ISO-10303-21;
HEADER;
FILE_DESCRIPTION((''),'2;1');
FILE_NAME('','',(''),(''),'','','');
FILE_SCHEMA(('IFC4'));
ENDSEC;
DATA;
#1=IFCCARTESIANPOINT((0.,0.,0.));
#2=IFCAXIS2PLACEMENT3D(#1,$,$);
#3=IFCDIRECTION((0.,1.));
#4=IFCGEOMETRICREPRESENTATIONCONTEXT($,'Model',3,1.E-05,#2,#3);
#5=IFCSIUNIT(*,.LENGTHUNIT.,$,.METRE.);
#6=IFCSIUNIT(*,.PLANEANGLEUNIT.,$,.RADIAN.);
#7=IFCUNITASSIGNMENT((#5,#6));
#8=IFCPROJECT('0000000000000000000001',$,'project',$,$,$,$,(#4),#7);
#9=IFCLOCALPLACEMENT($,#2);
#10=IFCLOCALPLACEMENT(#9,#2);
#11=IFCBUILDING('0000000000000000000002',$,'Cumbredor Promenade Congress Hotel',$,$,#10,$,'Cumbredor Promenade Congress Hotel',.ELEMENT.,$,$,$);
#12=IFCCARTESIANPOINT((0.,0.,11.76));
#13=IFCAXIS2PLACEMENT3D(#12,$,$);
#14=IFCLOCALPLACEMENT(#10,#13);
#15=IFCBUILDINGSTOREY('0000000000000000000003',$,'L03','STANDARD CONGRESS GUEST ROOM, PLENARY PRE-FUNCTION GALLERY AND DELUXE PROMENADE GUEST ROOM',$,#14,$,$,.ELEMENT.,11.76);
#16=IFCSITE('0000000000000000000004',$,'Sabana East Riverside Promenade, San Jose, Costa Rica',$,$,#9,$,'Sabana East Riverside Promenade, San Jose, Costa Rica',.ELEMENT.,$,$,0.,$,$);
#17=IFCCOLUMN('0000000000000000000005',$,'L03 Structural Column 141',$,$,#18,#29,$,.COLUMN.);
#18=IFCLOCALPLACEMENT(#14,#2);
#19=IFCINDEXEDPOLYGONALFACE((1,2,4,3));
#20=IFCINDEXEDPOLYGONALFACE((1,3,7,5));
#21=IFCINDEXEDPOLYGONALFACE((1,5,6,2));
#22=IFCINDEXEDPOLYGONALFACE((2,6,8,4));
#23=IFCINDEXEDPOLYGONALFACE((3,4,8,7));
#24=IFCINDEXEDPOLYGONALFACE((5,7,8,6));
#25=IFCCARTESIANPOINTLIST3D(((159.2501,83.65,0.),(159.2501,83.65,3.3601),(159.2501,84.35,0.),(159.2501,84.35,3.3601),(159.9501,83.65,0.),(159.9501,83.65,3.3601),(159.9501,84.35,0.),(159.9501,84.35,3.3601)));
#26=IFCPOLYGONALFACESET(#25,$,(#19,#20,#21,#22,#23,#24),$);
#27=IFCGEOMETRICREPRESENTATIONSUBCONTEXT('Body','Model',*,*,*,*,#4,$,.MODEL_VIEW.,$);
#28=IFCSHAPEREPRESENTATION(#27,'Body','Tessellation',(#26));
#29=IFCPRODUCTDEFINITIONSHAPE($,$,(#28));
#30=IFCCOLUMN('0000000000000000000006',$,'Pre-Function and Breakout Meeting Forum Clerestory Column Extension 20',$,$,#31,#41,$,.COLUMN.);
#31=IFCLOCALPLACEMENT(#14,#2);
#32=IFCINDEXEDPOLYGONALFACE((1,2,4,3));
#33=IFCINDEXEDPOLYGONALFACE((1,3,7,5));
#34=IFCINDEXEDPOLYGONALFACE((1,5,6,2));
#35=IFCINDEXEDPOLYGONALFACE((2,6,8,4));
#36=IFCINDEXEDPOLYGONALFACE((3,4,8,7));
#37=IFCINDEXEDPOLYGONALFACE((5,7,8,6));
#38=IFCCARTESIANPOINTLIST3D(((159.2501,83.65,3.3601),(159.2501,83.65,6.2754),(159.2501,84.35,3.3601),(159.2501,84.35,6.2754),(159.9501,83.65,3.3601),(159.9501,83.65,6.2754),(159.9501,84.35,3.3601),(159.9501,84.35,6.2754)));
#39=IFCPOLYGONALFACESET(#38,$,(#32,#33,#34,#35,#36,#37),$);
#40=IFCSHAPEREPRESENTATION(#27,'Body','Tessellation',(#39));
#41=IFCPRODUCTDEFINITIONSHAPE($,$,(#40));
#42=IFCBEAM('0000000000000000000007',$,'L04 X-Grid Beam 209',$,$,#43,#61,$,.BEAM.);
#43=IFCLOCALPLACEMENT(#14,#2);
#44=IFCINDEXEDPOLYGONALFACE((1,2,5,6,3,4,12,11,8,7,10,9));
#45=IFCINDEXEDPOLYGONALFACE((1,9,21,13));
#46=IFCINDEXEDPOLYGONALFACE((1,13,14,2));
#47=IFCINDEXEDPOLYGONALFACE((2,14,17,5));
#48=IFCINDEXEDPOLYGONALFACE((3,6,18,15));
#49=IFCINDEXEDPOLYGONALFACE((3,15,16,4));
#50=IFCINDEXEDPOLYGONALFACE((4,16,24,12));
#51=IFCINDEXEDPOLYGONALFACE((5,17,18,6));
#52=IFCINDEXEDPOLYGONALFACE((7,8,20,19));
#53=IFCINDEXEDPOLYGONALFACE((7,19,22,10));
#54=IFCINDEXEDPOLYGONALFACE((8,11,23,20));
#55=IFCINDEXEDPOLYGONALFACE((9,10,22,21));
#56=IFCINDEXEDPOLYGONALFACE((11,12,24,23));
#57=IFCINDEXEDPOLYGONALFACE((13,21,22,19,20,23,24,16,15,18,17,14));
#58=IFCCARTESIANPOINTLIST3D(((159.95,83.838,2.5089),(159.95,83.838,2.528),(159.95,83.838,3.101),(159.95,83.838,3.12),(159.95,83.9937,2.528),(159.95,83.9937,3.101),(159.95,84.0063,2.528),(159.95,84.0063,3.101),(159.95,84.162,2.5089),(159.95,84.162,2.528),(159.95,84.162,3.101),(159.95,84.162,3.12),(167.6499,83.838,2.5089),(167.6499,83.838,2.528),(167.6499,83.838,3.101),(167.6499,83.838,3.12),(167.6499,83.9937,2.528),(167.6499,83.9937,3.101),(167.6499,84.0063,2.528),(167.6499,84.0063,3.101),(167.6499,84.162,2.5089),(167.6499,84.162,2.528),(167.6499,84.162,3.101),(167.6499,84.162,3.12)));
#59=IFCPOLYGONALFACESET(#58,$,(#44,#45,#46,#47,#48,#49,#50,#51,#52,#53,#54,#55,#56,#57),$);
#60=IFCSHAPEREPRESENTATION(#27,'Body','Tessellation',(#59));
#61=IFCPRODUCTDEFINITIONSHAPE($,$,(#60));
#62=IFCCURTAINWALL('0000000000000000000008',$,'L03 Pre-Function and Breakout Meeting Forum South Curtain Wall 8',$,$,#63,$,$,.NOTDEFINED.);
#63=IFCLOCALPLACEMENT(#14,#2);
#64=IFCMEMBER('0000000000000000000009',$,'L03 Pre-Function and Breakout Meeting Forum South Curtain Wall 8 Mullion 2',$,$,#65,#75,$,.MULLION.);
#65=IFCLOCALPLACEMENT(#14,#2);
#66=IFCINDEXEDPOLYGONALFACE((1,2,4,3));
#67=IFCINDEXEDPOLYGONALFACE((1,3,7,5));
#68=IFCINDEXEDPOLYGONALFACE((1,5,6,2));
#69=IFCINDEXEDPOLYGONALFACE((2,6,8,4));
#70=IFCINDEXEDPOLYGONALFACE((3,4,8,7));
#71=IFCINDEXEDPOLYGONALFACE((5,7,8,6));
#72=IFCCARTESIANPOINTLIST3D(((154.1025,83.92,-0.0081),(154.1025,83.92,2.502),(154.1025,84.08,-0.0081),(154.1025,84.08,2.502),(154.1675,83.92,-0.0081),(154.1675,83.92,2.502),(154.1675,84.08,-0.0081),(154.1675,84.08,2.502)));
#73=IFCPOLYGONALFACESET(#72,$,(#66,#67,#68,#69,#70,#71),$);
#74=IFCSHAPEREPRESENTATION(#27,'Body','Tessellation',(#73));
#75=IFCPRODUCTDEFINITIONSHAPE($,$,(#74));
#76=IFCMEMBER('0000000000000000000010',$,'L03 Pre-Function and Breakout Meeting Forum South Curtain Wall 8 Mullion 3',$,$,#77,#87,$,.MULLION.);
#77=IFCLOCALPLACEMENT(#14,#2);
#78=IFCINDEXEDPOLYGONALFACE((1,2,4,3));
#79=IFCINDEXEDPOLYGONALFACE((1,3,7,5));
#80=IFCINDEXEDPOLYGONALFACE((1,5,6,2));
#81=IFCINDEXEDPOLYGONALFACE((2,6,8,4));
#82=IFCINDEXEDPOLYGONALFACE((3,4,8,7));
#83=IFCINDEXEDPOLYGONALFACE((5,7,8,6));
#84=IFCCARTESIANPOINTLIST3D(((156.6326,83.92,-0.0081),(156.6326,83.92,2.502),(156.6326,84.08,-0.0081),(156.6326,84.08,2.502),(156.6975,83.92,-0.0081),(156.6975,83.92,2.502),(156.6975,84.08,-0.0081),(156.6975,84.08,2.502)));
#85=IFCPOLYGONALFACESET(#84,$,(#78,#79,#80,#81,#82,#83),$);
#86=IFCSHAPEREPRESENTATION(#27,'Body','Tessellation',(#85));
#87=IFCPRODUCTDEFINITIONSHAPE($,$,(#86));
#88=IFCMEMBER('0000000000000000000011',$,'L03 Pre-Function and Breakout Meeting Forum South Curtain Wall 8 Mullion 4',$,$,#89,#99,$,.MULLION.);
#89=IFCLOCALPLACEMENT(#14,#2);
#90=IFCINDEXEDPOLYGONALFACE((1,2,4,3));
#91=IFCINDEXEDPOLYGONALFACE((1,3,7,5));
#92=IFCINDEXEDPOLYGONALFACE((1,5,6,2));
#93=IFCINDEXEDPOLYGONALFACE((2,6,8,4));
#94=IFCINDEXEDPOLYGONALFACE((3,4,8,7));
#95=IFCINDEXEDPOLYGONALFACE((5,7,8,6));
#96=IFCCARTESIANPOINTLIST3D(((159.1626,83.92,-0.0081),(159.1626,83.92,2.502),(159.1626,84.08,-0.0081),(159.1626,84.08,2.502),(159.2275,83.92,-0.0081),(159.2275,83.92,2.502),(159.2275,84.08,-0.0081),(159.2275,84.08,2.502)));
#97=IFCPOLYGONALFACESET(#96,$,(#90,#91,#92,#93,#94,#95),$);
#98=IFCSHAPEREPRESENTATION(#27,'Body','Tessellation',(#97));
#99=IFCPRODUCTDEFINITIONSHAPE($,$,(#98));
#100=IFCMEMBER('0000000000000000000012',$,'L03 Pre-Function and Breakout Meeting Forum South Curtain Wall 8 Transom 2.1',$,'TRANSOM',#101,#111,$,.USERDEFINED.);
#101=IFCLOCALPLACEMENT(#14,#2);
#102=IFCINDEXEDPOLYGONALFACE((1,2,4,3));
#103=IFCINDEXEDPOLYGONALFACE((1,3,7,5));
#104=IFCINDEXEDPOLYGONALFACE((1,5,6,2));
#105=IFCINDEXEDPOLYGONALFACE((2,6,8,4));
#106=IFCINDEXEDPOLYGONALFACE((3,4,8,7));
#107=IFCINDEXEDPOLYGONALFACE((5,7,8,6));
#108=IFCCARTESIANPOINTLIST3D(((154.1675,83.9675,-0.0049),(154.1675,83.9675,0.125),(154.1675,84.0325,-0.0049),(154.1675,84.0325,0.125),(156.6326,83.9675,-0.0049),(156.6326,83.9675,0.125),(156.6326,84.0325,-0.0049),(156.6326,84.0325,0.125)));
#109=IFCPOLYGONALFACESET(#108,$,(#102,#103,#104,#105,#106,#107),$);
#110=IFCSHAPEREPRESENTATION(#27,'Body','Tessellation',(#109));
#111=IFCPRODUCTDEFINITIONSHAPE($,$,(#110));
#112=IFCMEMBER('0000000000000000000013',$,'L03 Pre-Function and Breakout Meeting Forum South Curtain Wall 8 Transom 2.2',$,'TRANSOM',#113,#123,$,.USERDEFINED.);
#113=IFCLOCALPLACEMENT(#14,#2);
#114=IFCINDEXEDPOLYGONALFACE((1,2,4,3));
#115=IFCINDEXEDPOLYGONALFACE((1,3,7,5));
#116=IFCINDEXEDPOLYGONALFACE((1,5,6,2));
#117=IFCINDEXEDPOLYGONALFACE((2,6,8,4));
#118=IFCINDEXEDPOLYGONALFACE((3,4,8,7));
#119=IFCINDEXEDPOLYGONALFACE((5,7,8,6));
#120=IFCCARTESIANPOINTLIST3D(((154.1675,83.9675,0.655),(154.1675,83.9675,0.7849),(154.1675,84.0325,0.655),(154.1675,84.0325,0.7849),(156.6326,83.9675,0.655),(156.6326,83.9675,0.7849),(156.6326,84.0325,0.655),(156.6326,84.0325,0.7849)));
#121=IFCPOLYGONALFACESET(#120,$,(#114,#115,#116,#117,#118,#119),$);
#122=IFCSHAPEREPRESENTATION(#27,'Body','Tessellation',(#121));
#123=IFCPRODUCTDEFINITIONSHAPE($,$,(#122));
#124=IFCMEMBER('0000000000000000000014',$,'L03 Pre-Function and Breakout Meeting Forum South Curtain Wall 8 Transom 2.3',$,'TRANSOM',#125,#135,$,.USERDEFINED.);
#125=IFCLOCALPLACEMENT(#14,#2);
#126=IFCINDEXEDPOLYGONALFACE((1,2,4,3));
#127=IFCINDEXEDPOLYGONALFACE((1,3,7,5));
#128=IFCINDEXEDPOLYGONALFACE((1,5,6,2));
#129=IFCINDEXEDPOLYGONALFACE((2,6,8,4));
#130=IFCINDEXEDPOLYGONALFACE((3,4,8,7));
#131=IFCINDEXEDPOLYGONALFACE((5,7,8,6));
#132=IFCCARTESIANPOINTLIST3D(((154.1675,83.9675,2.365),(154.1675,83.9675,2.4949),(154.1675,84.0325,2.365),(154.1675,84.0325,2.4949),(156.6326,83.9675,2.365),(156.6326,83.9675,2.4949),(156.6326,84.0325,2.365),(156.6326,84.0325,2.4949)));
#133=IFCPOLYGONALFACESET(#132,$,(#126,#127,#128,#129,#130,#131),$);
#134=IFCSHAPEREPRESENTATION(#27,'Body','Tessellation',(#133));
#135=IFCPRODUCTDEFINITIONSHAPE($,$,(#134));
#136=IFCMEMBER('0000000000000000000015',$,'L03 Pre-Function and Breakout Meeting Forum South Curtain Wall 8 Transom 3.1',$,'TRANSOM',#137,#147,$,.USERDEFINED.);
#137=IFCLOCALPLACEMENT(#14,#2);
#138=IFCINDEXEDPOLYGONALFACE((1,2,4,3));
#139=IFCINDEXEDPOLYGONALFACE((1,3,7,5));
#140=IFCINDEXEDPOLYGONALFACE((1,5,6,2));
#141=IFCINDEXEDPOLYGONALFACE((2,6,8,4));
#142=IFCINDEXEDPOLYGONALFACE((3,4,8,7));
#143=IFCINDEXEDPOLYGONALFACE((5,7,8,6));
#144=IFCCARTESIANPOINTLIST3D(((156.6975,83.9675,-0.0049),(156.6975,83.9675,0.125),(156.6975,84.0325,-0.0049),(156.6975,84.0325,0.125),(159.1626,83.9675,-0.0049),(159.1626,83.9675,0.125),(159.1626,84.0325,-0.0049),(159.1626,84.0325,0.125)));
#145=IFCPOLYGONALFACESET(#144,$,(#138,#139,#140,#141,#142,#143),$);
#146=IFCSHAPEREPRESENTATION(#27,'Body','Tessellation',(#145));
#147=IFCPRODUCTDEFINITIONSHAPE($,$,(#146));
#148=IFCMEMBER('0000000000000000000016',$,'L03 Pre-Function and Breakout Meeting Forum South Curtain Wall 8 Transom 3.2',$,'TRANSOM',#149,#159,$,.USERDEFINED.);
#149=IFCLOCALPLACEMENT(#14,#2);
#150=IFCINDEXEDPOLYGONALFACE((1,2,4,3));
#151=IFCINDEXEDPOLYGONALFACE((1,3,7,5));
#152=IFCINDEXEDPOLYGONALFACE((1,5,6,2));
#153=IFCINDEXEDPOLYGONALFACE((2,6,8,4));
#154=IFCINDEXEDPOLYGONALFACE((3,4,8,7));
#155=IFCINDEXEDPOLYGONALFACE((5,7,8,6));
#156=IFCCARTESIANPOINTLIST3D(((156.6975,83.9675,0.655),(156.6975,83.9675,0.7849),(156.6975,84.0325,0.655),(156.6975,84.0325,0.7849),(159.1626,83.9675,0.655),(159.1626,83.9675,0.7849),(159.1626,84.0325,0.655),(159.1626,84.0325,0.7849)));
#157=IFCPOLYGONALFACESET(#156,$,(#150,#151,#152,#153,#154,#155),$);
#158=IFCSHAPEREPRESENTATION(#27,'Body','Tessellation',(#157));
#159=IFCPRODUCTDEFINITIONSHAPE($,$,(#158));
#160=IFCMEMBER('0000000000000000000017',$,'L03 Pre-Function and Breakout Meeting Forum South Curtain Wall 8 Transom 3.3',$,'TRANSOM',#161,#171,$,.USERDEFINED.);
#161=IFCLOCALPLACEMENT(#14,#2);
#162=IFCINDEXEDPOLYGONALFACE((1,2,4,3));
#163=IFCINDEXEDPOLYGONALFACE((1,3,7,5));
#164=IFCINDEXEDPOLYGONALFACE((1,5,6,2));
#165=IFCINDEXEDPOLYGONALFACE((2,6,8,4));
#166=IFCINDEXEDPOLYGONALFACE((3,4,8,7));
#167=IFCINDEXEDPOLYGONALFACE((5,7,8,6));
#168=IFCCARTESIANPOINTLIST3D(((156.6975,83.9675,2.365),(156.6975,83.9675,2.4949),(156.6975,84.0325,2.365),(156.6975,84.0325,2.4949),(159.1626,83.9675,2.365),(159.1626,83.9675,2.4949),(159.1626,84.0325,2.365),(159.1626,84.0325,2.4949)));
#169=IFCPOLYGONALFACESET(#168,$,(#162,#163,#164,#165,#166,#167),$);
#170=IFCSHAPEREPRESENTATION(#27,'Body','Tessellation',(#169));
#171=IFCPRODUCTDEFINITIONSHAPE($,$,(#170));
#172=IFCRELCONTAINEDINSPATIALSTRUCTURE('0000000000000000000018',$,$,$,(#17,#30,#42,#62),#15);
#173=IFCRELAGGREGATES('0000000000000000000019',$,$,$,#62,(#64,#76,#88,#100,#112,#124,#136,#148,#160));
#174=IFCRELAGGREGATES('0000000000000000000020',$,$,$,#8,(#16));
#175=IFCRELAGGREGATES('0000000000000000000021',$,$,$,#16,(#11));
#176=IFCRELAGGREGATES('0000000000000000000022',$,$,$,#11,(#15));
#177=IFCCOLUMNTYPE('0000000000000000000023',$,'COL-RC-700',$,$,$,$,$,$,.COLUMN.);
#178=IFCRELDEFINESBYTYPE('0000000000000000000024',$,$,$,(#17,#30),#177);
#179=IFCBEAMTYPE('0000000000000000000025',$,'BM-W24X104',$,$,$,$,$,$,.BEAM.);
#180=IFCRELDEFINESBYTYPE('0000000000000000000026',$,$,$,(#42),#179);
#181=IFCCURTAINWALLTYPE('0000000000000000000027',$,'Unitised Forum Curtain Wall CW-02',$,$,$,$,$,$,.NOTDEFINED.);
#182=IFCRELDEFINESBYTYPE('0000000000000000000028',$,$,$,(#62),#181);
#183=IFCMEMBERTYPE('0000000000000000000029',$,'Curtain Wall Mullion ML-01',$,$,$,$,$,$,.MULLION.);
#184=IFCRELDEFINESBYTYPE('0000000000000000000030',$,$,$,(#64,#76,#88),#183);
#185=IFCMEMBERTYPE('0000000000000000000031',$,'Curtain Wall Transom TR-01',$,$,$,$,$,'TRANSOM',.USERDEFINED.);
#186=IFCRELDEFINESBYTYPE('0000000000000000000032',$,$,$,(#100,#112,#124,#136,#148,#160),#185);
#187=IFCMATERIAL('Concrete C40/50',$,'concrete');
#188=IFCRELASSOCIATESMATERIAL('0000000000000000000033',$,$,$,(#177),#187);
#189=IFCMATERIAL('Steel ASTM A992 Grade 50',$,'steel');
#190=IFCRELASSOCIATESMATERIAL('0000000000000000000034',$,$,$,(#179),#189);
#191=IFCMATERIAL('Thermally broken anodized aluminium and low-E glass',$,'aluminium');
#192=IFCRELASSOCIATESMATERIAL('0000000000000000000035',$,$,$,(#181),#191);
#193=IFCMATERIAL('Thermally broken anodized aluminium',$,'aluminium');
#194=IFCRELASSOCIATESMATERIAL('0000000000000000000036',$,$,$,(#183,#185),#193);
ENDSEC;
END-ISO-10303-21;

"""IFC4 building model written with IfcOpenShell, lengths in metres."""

from ifc_helpers import new_model, si_unit, direction, frame, origin, origin_2d, place, context, subcontext, project, spatial, rectangle, i_section, extrude, material, material_profile, profile_set, type_object, element, aggregate, save


model = new_model("IFC4")

# Units and contexts
model_context = context("Model", 3, precision=1e-05, world=origin(), true_north=direction((0.0, 1.0)))
body_context = subcontext(model_context, "Body", "Model", "MODEL_VIEW")
ifc_project = project(units=[si_unit("LENGTHUNIT", "METRE"), si_unit("PLANEANGLEUNIT", "RADIAN")], contexts=[model_context])

# Site, building, storey
site_placement = place(None, origin())
site = spatial("IfcSite", under=ifc_project, at=site_placement, Name="Sabana East Riverside Promenade, San Jose, Costa Rica", LongName="Sabana East Riverside Promenade, San Jose, Costa Rica", CompositionType="ELEMENT", RefElevation=0.0)
building_placement = place(site_placement, origin())
building = spatial("IfcBuilding", under=site, at=building_placement, Name="Cumbredor Promenade Congress Hotel", LongName="Cumbredor Promenade Congress Hotel", CompositionType="ELEMENT")
storey_placement = place(building_placement, frame((0.0, 0.0, 11.76)))
storey = spatial("IfcBuildingStorey", under=building, at=storey_placement, Name="L03", Description="STANDARD CONGRESS GUEST ROOM, PLENARY PRE-FUNCTION GALLERY AND DELUXE PROMENADE GUEST ROOM", CompositionType="ELEMENT", Elevation=11.76)

# Columns
ifc_material_1 = material(Name="Concrete C40/50", Category="concrete")
ifc_material_profile_1 = material_profile(ifc_material_1, rectangle(XDim=0.7, YDim=0.7, at=origin_2d()), Name="RC 700x700")
ifc_profile_set_1 = profile_set([ifc_material_profile_1], Name="Concrete C40/50")
column_type = type_object("IfcColumnType", Name="COL-RC-700", PredefinedType="COLUMN", material=ifc_profile_set_1)
column_1_placement = place(storey_placement, frame((159.6001, 84.0, 0.0), z_axis=(0.0, 0.0, 1.0), x_axis=(1.0, 0.0, 0.0)))
element("IfcColumn", 1, at=column_1_placement, inside=storey, type_object=column_type, Name="L03 Structural Column 141", PredefinedType="COLUMN", context=body_context, shape_type="SweptSolid", body=[
    extrude(rectangle(XDim=0.7, YDim=0.7, at=origin_2d()), origin(), (0.0, 0.0, 1.0), 3.3601),
])
column_2_placement = place(storey_placement, frame((159.6001, 84.0, 3.3601), z_axis=(0.0, 0.0, 1.0), x_axis=(1.0, 0.0, 0.0)))
element("IfcColumn", 2, at=column_2_placement, inside=storey, type_object=column_type, Name="Pre-Function and Breakout Meeting Forum Clerestory Column Extension 20", PredefinedType="COLUMN", context=body_context, shape_type="SweptSolid", body=[
    extrude(rectangle(XDim=0.7, YDim=0.7, at=origin_2d()), origin(), (0.0, 0.0, 1.0), 2.9153),
])

# Beam
ifc_material_2 = material(Name="Steel ASTM A992 Grade 50", Category="steel")
ifc_material_profile_2 = material_profile(ifc_material_2, i_section(OverallWidth=0.324, OverallDepth=0.6111, WebThickness=0.0127, FlangeThickness=0.019, at=origin_2d()), Name="W24X104")
ifc_profile_set_2 = profile_set([ifc_material_profile_2], Name="Steel ASTM A992 Grade 50")
beam_type_1 = type_object("IfcBeamType", Name="BM-W24X104", PredefinedType="BEAM", material=ifc_profile_set_2)
beam_1_placement = place(storey_placement, frame((159.95, 84.0, 2.8145), z_axis=(1.0, 0.0, 0.0), x_axis=(0.0, 1.0, 0.0)))
element("IfcBeam", 3, at=beam_1_placement, inside=storey, type_object=beam_type_1, Name="L04 X-Grid Beam 209", PredefinedType="BEAM", context=body_context, shape_type="SweptSolid", body=[
    extrude(i_section(OverallWidth=0.324, OverallDepth=0.6111, WebThickness=0.0127, FlangeThickness=0.019, at=origin_2d()), origin(), (0.0, 0.0, 1.0), 7.7),
])

# Curtain wall, members
ifc_material_3 = material(Name="Thermally broken anodized aluminium and low-E glass", Category="aluminium")
curtain_wall_type = type_object("IfcCurtainWallType", Name="Unitised Forum Curtain Wall CW-02", PredefinedType="NOTDEFINED", material=ifc_material_3)
curtain_wall_placement = place(storey_placement, origin())
curtain_wall = element("IfcCurtainWall", 4, at=curtain_wall_placement, inside=storey, type_object=curtain_wall_type, Name="L03 Pre-Function and Breakout Meeting Forum South Curtain Wall 8", PredefinedType="NOTDEFINED")
ifc_material_4 = material(Name="Thermally broken anodized aluminium", Category="aluminium")
ifc_material_profile_3 = material_profile(ifc_material_4, rectangle(XDim=0.0649, YDim=0.1599, at=origin_2d()), Name="ALU MULLION 65x160")
ifc_profile_set_3 = profile_set([ifc_material_profile_3], Name="Thermally broken anodized aluminium")
member_type_1 = type_object("IfcMemberType", Name="Curtain Wall Mullion ML-01", PredefinedType="MULLION", material=ifc_profile_set_3)
member_1_placement = place(storey_placement, frame((154.135, 84.0, -0.0081), z_axis=(0.0, 0.0, 1.0), x_axis=(1.0, 0.0, 0.0)))
member_1 = element("IfcMember", 5, at=member_1_placement, type_object=member_type_1, Name="L03 Pre-Function and Breakout Meeting Forum South Curtain Wall 8 Mullion 2", PredefinedType="MULLION", context=body_context, shape_type="SweptSolid", body=[
    extrude(rectangle(XDim=0.0649, YDim=0.1599, at=origin_2d()), origin(), (0.0, 0.0, 1.0), 2.51),
])
member_2_placement = place(storey_placement, frame((156.665, 84.0, -0.0081), z_axis=(0.0, 0.0, 1.0), x_axis=(1.0, 0.0, 0.0)))
member_2 = element("IfcMember", 6, at=member_2_placement, type_object=member_type_1, Name="L03 Pre-Function and Breakout Meeting Forum South Curtain Wall 8 Mullion 3", PredefinedType="MULLION", context=body_context, shape_type="SweptSolid", body=[
    extrude(rectangle(XDim=0.0649, YDim=0.1599, at=origin_2d()), origin(), (0.0, 0.0, 1.0), 2.51),
])
member_3_placement = place(storey_placement, frame((159.1951, 84.0, -0.0081), z_axis=(0.0, 0.0, 1.0), x_axis=(1.0, 0.0, 0.0)))
member_3 = element("IfcMember", 7, at=member_3_placement, type_object=member_type_1, Name="L03 Pre-Function and Breakout Meeting Forum South Curtain Wall 8 Mullion 4", PredefinedType="MULLION", context=body_context, shape_type="SweptSolid", body=[
    extrude(rectangle(XDim=0.0649, YDim=0.1599, at=origin_2d()), origin(), (0.0, 0.0, 1.0), 2.51),
])
ifc_material_profile_4 = material_profile(ifc_material_4, rectangle(XDim=0.0649, YDim=0.1299, at=origin_2d()), Name="ALU TRANSOM 65x130")
ifc_profile_set_4 = profile_set([ifc_material_profile_4], Name="Thermally broken anodized aluminium")
member_type_2 = type_object("IfcMemberType", Name="Curtain Wall Transom TR-01", ElementType="TRANSOM", PredefinedType="USERDEFINED", material=ifc_profile_set_4)
member_4_placement = place(storey_placement, frame((154.1675, 84.0, 0.0601), z_axis=(1.0, 0.0, 0.0), x_axis=(0.0, 1.0, 0.0)))
member_4 = element("IfcMember", 8, at=member_4_placement, type_object=member_type_2, Name="L03 Pre-Function and Breakout Meeting Forum South Curtain Wall 8 Transom 2.1", ObjectType="TRANSOM", PredefinedType="USERDEFINED", context=body_context, shape_type="SweptSolid", body=[
    extrude(rectangle(XDim=0.0649, YDim=0.1299, at=origin_2d()), origin(), (0.0, 0.0, 1.0), 2.4651),
])
member_5_placement = place(storey_placement, frame((154.1675, 84.0, 0.72), z_axis=(1.0, 0.0, 0.0), x_axis=(0.0, 1.0, 0.0)))
member_5 = element("IfcMember", 9, at=member_5_placement, type_object=member_type_2, Name="L03 Pre-Function and Breakout Meeting Forum South Curtain Wall 8 Transom 2.2", ObjectType="TRANSOM", PredefinedType="USERDEFINED", context=body_context, shape_type="SweptSolid", body=[
    extrude(rectangle(XDim=0.0649, YDim=0.1299, at=origin_2d()), origin(), (0.0, 0.0, 1.0), 2.4651),
])
member_6_placement = place(storey_placement, frame((154.1675, 84.0, 2.4299), z_axis=(1.0, 0.0, 0.0), x_axis=(0.0, 1.0, 0.0)))
member_6 = element("IfcMember", 10, at=member_6_placement, type_object=member_type_2, Name="L03 Pre-Function and Breakout Meeting Forum South Curtain Wall 8 Transom 2.3", ObjectType="TRANSOM", PredefinedType="USERDEFINED", context=body_context, shape_type="SweptSolid", body=[
    extrude(rectangle(XDim=0.0649, YDim=0.1299, at=origin_2d()), origin(), (0.0, 0.0, 1.0), 2.4651),
])
member_7_placement = place(storey_placement, frame((156.6975, 84.0, 0.0601), z_axis=(1.0, 0.0, 0.0), x_axis=(0.0, 1.0, 0.0)))
member_7 = element("IfcMember", 11, at=member_7_placement, type_object=member_type_2, Name="L03 Pre-Function and Breakout Meeting Forum South Curtain Wall 8 Transom 3.1", ObjectType="TRANSOM", PredefinedType="USERDEFINED", context=body_context, shape_type="SweptSolid", body=[
    extrude(rectangle(XDim=0.0649, YDim=0.1299, at=origin_2d()), origin(), (0.0, 0.0, 1.0), 2.4651),
])
member_8_placement = place(storey_placement, frame((156.6975, 84.0, 0.72), z_axis=(1.0, 0.0, 0.0), x_axis=(0.0, 1.0, 0.0)))
member_8 = element("IfcMember", 12, at=member_8_placement, type_object=member_type_2, Name="L03 Pre-Function and Breakout Meeting Forum South Curtain Wall 8 Transom 3.2", ObjectType="TRANSOM", PredefinedType="USERDEFINED", context=body_context, shape_type="SweptSolid", body=[
    extrude(rectangle(XDim=0.0649, YDim=0.1299, at=origin_2d()), origin(), (0.0, 0.0, 1.0), 2.4651),
])
member_9_placement = place(storey_placement, frame((156.6975, 84.0, 2.4299), z_axis=(1.0, 0.0, 0.0), x_axis=(0.0, 1.0, 0.0)))
member_9 = element("IfcMember", 13, at=member_9_placement, type_object=member_type_2, Name="L03 Pre-Function and Breakout Meeting Forum South Curtain Wall 8 Transom 3.3", ObjectType="TRANSOM", PredefinedType="USERDEFINED", context=body_context, shape_type="SweptSolid", body=[
    extrude(rectangle(XDim=0.0649, YDim=0.1299, at=origin_2d()), origin(), (0.0, 0.0, 1.0), 2.4651),
])

aggregate(curtain_wall, [member_1, member_2, member_3, member_4, member_5, member_6, member_7, member_8, member_9])

save(model, "model.ifc")
